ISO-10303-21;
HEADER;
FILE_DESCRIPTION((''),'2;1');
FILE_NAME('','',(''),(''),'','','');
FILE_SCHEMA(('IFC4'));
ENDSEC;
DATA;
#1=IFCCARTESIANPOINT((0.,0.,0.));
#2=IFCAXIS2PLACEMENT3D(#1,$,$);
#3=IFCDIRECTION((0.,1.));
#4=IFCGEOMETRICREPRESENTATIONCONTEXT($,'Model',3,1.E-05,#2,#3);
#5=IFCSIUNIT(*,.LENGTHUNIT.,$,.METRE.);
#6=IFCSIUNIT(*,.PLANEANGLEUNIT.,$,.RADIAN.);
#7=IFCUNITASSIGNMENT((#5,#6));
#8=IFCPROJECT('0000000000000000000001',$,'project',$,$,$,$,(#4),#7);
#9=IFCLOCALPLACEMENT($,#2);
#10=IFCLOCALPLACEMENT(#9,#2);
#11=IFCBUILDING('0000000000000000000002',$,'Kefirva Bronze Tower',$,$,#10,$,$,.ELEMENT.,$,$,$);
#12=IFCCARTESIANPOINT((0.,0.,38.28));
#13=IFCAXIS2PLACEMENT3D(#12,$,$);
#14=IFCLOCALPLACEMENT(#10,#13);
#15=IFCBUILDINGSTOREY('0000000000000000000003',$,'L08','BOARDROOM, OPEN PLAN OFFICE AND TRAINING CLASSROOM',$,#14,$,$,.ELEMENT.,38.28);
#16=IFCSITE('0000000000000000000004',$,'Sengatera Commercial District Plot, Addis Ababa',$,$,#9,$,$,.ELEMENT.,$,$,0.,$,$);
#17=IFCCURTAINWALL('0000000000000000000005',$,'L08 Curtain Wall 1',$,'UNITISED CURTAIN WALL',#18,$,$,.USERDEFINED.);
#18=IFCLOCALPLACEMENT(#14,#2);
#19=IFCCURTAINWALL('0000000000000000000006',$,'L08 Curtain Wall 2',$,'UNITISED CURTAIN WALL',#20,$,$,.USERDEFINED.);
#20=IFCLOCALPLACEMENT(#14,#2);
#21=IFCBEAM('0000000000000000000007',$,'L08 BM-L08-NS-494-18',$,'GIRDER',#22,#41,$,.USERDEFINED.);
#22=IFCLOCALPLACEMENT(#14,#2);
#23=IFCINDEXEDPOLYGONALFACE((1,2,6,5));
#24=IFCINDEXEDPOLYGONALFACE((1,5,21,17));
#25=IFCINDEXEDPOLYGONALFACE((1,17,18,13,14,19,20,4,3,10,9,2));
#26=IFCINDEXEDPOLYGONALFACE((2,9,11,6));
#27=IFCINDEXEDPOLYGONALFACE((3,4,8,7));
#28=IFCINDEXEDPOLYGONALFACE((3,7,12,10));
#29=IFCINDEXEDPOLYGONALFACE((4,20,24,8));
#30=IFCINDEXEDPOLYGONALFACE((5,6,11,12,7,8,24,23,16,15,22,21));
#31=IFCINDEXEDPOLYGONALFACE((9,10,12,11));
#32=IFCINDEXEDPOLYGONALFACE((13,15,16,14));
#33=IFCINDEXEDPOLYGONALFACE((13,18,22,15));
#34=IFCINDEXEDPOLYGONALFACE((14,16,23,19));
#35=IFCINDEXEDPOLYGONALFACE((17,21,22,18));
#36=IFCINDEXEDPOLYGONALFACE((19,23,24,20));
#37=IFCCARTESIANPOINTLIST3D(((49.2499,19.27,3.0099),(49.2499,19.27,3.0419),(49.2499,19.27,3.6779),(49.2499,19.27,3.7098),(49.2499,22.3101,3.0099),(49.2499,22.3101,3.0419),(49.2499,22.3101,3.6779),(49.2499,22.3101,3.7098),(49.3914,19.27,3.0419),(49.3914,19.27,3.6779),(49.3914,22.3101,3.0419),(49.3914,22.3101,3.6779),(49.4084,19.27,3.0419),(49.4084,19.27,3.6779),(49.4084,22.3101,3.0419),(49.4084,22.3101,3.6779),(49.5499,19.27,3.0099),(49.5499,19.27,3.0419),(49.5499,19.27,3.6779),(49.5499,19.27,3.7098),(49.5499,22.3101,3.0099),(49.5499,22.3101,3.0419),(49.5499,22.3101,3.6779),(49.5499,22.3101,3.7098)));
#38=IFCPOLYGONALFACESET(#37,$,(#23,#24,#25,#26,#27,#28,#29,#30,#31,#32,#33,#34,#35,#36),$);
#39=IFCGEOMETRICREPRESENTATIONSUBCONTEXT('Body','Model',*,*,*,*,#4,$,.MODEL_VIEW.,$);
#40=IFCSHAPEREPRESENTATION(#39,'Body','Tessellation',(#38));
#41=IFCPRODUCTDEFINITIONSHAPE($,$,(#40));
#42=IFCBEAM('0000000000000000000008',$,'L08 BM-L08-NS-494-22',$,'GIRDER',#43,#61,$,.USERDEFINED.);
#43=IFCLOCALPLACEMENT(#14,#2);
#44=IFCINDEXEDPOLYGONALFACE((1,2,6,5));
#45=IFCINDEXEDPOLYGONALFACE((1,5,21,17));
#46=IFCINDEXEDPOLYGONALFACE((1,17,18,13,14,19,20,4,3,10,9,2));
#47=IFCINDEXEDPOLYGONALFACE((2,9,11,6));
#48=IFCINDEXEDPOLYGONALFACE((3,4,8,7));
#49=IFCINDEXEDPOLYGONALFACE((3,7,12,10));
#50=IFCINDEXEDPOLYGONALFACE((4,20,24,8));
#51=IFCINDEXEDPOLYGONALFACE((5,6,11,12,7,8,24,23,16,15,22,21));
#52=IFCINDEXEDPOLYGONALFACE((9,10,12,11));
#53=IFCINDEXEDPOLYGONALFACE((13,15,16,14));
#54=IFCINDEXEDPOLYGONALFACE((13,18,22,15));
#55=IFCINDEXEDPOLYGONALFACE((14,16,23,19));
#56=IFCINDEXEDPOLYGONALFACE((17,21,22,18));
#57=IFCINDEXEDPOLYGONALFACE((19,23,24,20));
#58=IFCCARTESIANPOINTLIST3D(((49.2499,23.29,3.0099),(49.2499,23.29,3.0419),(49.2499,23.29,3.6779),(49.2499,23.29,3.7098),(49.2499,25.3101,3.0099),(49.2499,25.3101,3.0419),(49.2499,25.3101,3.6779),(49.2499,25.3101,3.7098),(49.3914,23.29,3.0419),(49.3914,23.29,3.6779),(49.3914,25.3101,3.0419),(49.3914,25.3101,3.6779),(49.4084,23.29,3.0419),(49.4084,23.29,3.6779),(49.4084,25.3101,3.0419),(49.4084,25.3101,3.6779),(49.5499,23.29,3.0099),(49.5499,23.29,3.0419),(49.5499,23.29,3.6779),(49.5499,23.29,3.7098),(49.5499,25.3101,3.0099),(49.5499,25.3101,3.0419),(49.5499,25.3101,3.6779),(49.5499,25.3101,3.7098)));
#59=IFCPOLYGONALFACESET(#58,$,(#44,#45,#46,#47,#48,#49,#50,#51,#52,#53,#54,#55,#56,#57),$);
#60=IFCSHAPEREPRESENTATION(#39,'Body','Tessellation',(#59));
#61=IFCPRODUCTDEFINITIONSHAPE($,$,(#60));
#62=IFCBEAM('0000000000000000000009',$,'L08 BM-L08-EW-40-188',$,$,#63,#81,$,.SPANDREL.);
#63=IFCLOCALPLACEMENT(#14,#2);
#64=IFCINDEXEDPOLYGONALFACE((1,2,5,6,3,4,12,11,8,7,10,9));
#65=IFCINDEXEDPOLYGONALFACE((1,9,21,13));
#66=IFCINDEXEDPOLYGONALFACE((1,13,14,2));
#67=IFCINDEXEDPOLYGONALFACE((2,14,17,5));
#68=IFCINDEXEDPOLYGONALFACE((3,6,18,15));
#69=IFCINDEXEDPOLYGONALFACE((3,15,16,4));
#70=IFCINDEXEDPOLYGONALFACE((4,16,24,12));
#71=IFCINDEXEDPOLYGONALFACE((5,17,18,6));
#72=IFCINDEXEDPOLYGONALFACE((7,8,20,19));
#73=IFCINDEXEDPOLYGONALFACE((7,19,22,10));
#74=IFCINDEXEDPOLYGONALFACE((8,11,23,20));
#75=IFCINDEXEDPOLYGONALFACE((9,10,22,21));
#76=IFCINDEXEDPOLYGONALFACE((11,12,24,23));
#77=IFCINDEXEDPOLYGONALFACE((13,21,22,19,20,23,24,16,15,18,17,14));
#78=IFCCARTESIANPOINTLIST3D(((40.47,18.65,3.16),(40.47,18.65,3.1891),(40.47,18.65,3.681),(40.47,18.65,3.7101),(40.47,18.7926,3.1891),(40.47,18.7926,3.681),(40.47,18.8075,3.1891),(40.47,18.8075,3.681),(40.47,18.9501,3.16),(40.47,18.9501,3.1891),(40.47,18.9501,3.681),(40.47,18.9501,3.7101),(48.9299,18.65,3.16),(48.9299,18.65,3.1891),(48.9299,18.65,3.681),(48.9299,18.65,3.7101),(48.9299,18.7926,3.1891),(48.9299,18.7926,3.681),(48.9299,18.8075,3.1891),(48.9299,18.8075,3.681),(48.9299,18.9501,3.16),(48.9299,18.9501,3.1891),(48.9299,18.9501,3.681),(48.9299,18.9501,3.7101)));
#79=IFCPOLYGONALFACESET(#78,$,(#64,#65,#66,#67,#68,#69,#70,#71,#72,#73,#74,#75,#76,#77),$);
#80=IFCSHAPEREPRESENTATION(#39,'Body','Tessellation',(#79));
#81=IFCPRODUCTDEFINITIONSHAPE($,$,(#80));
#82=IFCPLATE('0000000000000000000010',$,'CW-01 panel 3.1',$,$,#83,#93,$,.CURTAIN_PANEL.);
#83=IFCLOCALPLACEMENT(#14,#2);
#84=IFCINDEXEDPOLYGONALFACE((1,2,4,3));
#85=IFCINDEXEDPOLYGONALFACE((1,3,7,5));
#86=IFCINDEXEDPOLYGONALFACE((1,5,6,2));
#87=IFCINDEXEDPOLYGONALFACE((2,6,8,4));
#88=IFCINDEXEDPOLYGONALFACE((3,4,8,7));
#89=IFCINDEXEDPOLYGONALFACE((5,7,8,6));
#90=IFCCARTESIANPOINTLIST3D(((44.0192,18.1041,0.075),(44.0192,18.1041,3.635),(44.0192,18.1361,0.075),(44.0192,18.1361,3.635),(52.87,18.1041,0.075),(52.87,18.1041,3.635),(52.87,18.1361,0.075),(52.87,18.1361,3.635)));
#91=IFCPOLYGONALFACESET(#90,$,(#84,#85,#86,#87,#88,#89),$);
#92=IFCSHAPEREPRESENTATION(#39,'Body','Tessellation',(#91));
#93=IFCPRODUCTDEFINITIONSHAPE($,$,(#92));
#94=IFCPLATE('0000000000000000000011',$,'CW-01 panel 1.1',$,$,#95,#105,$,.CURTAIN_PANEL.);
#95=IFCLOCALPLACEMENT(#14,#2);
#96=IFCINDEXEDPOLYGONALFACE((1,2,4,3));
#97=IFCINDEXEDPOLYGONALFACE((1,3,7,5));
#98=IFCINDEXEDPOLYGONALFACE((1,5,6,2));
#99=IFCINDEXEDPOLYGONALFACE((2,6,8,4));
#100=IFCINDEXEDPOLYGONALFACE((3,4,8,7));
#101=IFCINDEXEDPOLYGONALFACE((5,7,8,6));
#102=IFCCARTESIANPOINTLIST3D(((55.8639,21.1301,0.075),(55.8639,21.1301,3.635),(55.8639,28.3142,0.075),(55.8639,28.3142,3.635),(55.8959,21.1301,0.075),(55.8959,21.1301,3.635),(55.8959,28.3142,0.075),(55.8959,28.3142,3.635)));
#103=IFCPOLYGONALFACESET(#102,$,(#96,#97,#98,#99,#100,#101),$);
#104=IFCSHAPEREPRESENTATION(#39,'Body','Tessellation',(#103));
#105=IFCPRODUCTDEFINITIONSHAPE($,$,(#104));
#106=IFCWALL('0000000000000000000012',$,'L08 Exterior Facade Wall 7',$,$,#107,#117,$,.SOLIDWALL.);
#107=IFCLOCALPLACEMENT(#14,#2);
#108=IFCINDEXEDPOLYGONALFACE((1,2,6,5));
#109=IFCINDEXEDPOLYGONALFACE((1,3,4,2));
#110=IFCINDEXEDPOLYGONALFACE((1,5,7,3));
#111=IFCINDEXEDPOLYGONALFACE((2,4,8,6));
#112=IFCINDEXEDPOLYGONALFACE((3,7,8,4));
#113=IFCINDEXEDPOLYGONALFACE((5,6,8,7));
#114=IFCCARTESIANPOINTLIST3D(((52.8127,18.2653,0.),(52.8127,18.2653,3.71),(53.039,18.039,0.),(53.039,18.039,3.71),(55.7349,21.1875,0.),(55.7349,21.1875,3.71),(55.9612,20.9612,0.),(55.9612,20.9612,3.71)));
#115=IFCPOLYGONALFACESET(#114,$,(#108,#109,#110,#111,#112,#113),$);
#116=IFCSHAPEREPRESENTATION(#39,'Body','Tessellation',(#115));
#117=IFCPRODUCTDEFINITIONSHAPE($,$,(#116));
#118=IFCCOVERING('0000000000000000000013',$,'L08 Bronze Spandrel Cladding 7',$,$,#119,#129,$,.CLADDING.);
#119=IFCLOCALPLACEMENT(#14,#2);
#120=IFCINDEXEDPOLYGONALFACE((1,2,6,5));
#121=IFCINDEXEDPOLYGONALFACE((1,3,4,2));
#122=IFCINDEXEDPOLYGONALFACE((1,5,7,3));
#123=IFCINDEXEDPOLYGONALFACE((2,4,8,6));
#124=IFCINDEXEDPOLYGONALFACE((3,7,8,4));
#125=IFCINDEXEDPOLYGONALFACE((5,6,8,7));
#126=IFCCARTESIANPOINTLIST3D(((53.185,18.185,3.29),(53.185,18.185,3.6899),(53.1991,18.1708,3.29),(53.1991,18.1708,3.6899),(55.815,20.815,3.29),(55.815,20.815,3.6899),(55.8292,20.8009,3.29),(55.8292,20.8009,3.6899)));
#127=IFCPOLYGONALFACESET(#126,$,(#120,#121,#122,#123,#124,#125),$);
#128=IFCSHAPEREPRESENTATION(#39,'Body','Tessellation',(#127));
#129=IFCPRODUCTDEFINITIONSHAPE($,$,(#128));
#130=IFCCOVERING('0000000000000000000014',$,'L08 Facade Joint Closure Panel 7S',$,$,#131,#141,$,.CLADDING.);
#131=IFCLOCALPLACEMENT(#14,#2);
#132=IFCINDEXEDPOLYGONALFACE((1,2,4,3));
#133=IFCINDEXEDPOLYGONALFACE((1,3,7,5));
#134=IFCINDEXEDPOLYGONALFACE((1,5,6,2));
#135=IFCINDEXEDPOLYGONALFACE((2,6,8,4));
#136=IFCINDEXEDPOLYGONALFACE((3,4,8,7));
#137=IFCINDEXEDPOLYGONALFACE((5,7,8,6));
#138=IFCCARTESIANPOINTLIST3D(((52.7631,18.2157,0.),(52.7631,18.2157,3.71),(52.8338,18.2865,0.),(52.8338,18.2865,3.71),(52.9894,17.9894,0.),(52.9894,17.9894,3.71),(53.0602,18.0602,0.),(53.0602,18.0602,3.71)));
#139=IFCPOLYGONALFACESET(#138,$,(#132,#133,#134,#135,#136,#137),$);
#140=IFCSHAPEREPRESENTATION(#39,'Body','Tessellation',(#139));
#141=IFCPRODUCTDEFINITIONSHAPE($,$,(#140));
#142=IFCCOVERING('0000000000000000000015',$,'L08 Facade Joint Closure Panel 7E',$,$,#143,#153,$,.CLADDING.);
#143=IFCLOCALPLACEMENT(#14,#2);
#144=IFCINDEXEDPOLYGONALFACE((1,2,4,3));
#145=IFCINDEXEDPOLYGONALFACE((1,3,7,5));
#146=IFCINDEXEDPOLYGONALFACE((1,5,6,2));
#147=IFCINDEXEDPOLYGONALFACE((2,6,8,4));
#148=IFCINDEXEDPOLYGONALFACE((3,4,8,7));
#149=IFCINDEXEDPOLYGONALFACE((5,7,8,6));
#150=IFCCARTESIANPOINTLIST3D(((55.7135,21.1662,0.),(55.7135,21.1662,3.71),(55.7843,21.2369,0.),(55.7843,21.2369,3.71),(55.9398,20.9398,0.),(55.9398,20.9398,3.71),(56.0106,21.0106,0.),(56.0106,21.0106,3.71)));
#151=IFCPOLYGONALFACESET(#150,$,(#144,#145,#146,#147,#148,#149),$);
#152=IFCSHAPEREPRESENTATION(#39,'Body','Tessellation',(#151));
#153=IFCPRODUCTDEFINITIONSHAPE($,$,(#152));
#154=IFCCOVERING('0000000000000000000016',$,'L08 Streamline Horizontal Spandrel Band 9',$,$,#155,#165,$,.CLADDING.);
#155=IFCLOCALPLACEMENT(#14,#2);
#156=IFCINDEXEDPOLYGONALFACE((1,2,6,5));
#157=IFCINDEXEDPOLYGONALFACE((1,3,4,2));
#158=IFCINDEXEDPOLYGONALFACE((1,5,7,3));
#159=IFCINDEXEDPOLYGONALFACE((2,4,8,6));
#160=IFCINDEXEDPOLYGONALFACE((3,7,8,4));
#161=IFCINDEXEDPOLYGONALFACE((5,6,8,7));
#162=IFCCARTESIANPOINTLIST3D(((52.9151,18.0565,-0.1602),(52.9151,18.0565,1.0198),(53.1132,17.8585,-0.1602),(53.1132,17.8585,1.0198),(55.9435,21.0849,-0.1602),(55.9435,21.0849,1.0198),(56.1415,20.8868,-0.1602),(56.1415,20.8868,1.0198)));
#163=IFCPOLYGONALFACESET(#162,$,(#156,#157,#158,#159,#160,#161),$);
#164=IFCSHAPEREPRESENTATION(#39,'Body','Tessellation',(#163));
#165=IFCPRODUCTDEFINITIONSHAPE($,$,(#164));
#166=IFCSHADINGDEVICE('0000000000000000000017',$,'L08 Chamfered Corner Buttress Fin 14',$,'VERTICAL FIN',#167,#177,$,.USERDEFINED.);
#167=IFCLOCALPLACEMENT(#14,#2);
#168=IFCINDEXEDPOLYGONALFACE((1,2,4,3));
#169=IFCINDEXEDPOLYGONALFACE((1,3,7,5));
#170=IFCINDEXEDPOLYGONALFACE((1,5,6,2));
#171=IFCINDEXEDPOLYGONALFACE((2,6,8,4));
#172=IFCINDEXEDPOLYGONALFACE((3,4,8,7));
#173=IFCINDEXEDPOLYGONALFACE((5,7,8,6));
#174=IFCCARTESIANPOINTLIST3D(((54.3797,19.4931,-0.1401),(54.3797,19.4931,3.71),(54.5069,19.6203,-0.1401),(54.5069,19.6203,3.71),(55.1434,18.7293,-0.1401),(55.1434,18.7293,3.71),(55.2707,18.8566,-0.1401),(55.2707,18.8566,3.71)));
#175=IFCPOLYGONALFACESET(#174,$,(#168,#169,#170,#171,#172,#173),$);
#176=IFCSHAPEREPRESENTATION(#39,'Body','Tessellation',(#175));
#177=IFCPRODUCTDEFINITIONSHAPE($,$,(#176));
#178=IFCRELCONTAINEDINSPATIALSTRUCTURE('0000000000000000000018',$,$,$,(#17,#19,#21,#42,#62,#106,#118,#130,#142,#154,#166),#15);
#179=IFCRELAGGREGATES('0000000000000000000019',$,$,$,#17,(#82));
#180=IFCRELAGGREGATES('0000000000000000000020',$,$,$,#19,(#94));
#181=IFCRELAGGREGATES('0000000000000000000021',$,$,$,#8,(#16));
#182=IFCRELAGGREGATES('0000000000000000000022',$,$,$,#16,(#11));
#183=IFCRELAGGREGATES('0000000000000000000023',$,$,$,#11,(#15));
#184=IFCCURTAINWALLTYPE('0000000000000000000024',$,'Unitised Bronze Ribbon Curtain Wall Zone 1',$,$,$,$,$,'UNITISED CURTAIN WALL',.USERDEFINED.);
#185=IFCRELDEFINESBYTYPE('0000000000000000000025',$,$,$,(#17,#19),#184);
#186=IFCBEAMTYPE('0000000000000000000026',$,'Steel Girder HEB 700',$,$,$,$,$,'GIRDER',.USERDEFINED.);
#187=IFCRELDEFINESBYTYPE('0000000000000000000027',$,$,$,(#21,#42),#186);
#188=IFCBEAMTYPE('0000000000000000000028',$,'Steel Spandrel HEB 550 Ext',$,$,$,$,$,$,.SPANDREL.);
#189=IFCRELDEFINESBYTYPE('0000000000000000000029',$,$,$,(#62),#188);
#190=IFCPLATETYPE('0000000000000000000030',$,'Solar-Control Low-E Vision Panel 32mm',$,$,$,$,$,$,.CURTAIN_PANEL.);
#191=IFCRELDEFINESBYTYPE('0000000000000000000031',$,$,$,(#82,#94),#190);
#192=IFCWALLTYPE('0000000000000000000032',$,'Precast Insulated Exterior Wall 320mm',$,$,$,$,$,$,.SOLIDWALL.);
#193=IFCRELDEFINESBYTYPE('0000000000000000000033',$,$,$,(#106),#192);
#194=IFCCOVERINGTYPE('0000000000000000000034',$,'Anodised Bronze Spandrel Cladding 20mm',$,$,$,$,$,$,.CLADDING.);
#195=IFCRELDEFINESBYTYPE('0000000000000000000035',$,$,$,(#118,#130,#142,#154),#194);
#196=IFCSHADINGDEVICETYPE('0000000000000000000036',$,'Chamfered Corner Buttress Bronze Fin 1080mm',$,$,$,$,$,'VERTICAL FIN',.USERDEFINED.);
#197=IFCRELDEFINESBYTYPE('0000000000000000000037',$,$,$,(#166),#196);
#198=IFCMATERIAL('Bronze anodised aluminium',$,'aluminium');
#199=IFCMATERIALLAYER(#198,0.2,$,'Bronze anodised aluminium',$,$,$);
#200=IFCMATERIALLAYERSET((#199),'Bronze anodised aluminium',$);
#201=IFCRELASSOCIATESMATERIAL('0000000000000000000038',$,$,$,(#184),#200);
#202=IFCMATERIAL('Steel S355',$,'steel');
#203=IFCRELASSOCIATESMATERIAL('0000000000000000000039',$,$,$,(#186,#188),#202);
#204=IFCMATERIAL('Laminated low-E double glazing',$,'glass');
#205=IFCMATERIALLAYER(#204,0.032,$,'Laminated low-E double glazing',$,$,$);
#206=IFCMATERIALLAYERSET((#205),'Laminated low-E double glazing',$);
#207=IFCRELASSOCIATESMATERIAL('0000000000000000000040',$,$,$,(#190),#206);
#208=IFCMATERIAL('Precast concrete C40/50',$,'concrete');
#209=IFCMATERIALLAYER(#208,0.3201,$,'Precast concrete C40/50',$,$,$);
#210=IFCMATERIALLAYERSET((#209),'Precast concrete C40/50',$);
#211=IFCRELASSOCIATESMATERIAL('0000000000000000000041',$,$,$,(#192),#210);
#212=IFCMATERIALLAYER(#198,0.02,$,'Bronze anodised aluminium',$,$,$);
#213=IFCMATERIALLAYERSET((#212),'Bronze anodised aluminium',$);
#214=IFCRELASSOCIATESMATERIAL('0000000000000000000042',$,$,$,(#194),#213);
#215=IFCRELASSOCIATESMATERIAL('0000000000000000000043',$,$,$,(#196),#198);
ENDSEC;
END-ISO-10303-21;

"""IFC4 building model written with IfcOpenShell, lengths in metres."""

from ifc_helpers import new_model, si_unit, direction, frame, frame_2d, origin, origin_2d, place, context, subcontext, project, spatial, rectangle, i_section, extrude, material, layer, layer_set, material_profile, profile_set, type_object, element, aggregate, save


model = new_model("IFC4")

# Units and contexts
model_context = context("Model", 3, precision=1e-05, world=origin(), true_north=direction((0.0, 1.0)))
body_context = subcontext(model_context, "Body", "Model", "MODEL_VIEW")
ifc_project = project(units=[si_unit("LENGTHUNIT", "METRE"), si_unit("PLANEANGLEUNIT", "RADIAN")], contexts=[model_context])

# Site, building, storey
site_placement = place(None, origin())
site = spatial("IfcSite", under=ifc_project, at=site_placement, Name="Sengatera Commercial District Plot, Addis Ababa", CompositionType="ELEMENT", RefElevation=0.0)
building_placement = place(site_placement, origin())
building = spatial("IfcBuilding", under=site, at=building_placement, Name="Kefirva Bronze Tower", CompositionType="ELEMENT")
storey_placement = place(building_placement, frame((0.0, 0.0, 38.28)))
storey = spatial("IfcBuildingStorey", under=building, at=storey_placement, Name="L08", Description="BOARDROOM, OPEN PLAN OFFICE AND TRAINING CLASSROOM", CompositionType="ELEMENT", Elevation=38.28)

# Curtain wall
ifc_material_1 = material(Name="Bronze anodised aluminium", Category="aluminium")
ifc_layer_1 = layer(ifc_material_1, 0.2, Name="Bronze anodised aluminium")
ifc_layer_set_1 = layer_set([ifc_layer_1], Name="Bronze anodised aluminium")
curtain_wall_type = type_object("IfcCurtainWallType", Name="Unitised Bronze Ribbon Curtain Wall Zone 1", ElementType="UNITISED CURTAIN WALL", PredefinedType="USERDEFINED", material=ifc_layer_set_1)
curtain_wall_1_placement = place(storey_placement, origin())
curtain_wall_1 = element("IfcCurtainWall", 1, at=curtain_wall_1_placement, inside=storey, type_object=curtain_wall_type, Name="L08 Curtain Wall 1", ObjectType="UNITISED CURTAIN WALL", PredefinedType="USERDEFINED")

# Curtain wall
curtain_wall_2_placement = place(storey_placement, origin())
curtain_wall_2 = element("IfcCurtainWall", 2, at=curtain_wall_2_placement, inside=storey, type_object=curtain_wall_type, Name="L08 Curtain Wall 2", ObjectType="UNITISED CURTAIN WALL", PredefinedType="USERDEFINED")

# Beams
ifc_material_2 = material(Name="Steel S355", Category="steel")
ifc_material_profile_1 = material_profile(ifc_material_2, i_section(OverallWidth=0.3, OverallDepth=0.7, WebThickness=0.0171, FlangeThickness=0.032, at=origin_2d()), Name="HEB 700")
ifc_profile_set_1 = profile_set([ifc_material_profile_1], Name="Steel S355")
beam_type_1 = type_object("IfcBeamType", Name="Steel Girder HEB 700", ElementType="GIRDER", PredefinedType="USERDEFINED", material=ifc_profile_set_1)
beam_1_placement = place(storey_placement, frame((49.3999, 19.27, 3.3599), z_axis=(0.0, 1.0, 0.0), x_axis=(-1.0, 0.0, 0.0)))
element("IfcBeam", 3, at=beam_1_placement, inside=storey, type_object=beam_type_1, Name="L08 BM-L08-NS-494-18", ObjectType="GIRDER", PredefinedType="USERDEFINED", context=body_context, shape_type="SweptSolid", body=[
    extrude(i_section(OverallWidth=0.3, OverallDepth=0.7, WebThickness=0.0171, FlangeThickness=0.032, at=origin_2d()), origin(), (0.0, 0.0, 1.0), 3.04),
])
beam_2_placement = place(storey_placement, frame((49.3999, 23.29, 3.3599), z_axis=(0.0, 1.0, 0.0), x_axis=(-1.0, 0.0, 0.0)))
element("IfcBeam", 4, at=beam_2_placement, inside=storey, type_object=beam_type_1, Name="L08 BM-L08-NS-494-22", ObjectType="GIRDER", PredefinedType="USERDEFINED", context=body_context, shape_type="SweptSolid", body=[
    extrude(i_section(OverallWidth=0.3, OverallDepth=0.7, WebThickness=0.0171, FlangeThickness=0.032, at=origin_2d()), origin(), (0.0, 0.0, 1.0), 2.02),
])
ifc_material_profile_2 = material_profile(ifc_material_2, i_section(OverallWidth=0.3, OverallDepth=0.55, WebThickness=0.0149, FlangeThickness=0.0291, at=origin_2d()), Name="HEB 550")
ifc_profile_set_2 = profile_set([ifc_material_profile_2], Name="Steel S355")
beam_type_2 = type_object("IfcBeamType", Name="Steel Spandrel HEB 550 Ext", PredefinedType="SPANDREL", material=ifc_profile_set_2)
beam_3_placement = place(storey_placement, frame((40.47, 18.8, 3.4351), z_axis=(1.0, 0.0, 0.0), x_axis=(0.0, 1.0, 0.0)))
element("IfcBeam", 5, at=beam_3_placement, inside=storey, type_object=beam_type_2, Name="L08 BM-L08-EW-40-188", PredefinedType="SPANDREL", context=body_context, shape_type="SweptSolid", body=[
    extrude(i_section(OverallWidth=0.3, OverallDepth=0.55, WebThickness=0.0149, FlangeThickness=0.0291, at=origin_2d()), origin(), (0.0, 0.0, 1.0), 8.46),
])

# Plates
ifc_material_3 = material(Name="Laminated low-E double glazing", Category="glass")
ifc_layer_2 = layer(ifc_material_3, 0.032, Name="Laminated low-E double glazing")
ifc_layer_set_2 = layer_set([ifc_layer_2], Name="Laminated low-E double glazing")
plate_type = type_object("IfcPlateType", Name="Solar-Control Low-E Vision Panel 32mm", PredefinedType="CURTAIN_PANEL", material=ifc_layer_set_2)
plate_1_placement = place(storey_placement, frame((48.4446, 18.1201, 0.075), z_axis=(0.0, 0.0, 1.0), x_axis=(1.0, 0.0, 0.0)))
plate_1 = element("IfcPlate", 6, at=plate_1_placement, type_object=plate_type, Name="CW-01 panel 3.1", PredefinedType="CURTAIN_PANEL", context=body_context, shape_type="SweptSolid", body=[
    extrude(rectangle(XDim=8.8508, YDim=0.032, at=origin_2d()), origin(), (0.0, 0.0, 1.0), 3.5601),
])
aggregate(curtain_wall_1, [plate_1])
plate_2_placement = place(storey_placement, frame((55.8799, 24.7222, 0.075), z_axis=(0.0, 0.0, 1.0), x_axis=(0.0, 1.0, 0.0)))
plate_2 = element("IfcPlate", 7, at=plate_2_placement, type_object=plate_type, Name="CW-01 panel 1.1", PredefinedType="CURTAIN_PANEL", context=body_context, shape_type="SweptSolid", body=[
    extrude(rectangle(XDim=7.1841, YDim=0.032, at=origin_2d()), origin(), (0.0, 0.0, 1.0), 3.5601),
])
aggregate(curtain_wall_2, [plate_2])

# Wall
ifc_material_4 = material(Name="Precast concrete C40/50", Category="concrete")
ifc_layer_3 = layer(ifc_material_4, 0.3201, Name="Precast concrete C40/50")
ifc_layer_set_3 = layer_set([ifc_layer_3], Name="Precast concrete C40/50")
wall_type = type_object("IfcWallType", Name="Precast Insulated Exterior Wall 320mm", PredefinedType="SOLIDWALL", material=ifc_layer_set_3)
wall_placement = place(storey_placement, frame((52.9258, 18.1521, 0.0), z_axis=(0.0, 0.0, 1.0), x_axis=(0.707107, 0.707107, 0.0)))
element("IfcWall", 8, at=wall_placement, inside=storey, type_object=wall_type, Name="L08 Exterior Facade Wall 7", PredefinedType="SOLIDWALL", context=body_context, shape_type="SweptSolid", body=[
    extrude(rectangle(XDim=4.1326, YDim=0.3201, at=frame_2d((2.0664, 0.0))), origin(), (0.0, 0.0, 1.0), 3.71),
])

# Coverings
ifc_layer_4 = layer(ifc_material_1, 0.02, Name="Bronze anodised aluminium")
ifc_layer_set_4 = layer_set([ifc_layer_4], Name="Bronze anodised aluminium")
covering_type_1 = type_object("IfcCoveringType", Name="Anodised Bronze Spandrel Cladding 20mm", PredefinedType="CLADDING", material=ifc_layer_set_4)
covering_1_placement = place(storey_placement, frame((54.5071, 19.4929, 3.29), z_axis=(0.0, 0.0, 1.0), x_axis=(0.707107, 0.707107, 0.0)))
element("IfcCovering", 9, at=covering_1_placement, inside=storey, type_object=covering_type_1, Name="L08 Bronze Spandrel Cladding 7", PredefinedType="CLADDING", context=body_context, shape_type="SweptSolid", body=[
    extrude(rectangle(XDim=3.7195, YDim=0.02, at=origin_2d()), origin(), (0.0, 0.0, 1.0), 0.3999),
])
for number, where, z_axis, x_axis, name in (
    (10, (52.9116, 18.1379, 0.0), (0.0, 0.0, 1.0), (0.707107, 0.707107, 0.0), "L08 Facade Joint Closure Panel 7S"),
    (11, (55.8621, 21.0884, 0.0), (0.0, 0.0, 1.0), (0.707107, 0.707107, 0.0), "L08 Facade Joint Closure Panel 7E"),
):
    element("IfcCovering", number, at=place(storey_placement, frame(where, z_axis=z_axis, x_axis=x_axis)), inside=storey, type_object=covering_type_1, Name=name, PredefinedType="CLADDING", context=body_context, shape_type="SweptSolid", body=[
        extrude(rectangle(XDim=0.1001, YDim=0.3201, at=origin_2d()), origin(), (0.0, 0.0, 1.0), 3.71),
    ])
covering_2_placement = place(storey_placement, frame((54.5283, 19.4717, -0.1602), z_axis=(0.0, 0.0, 1.0), x_axis=(0.707107, 0.707107, 0.0)))
element("IfcCovering", 12, at=covering_2_placement, inside=storey, type_object=covering_type_1, Name="L08 Streamline Horizontal Spandrel Band 9", PredefinedType="CLADDING", context=body_context, shape_type="SweptSolid", body=[
    extrude(rectangle(XDim=4.2827, YDim=0.28, at=origin_2d()), origin(), (0.0, 0.0, 1.0), 1.1799),
])

# Shading device
ifc_material_profile_3 = material_profile(ifc_material_1, rectangle(XDim=0.1799, YDim=1.0801, at=origin_2d()), Name="BRONZE BUTTRESS FIN 180x1080")
ifc_profile_set_3 = profile_set([ifc_material_profile_3], Name="Bronze anodised aluminium")
shading_device_type = type_object("IfcShadingDeviceType", Name="Chamfered Corner Buttress Bronze Fin 1080mm", ElementType="VERTICAL FIN", PredefinedType="USERDEFINED", material=ifc_profile_set_3)
shading_device_placement = place(storey_placement, frame((54.8252, 19.1748, -0.1401), z_axis=(0.0, 0.0, 1.0), x_axis=(0.707107, 0.707107, 0.0)))
element("IfcShadingDevice", 13, at=shading_device_placement, inside=storey, type_object=shading_device_type, Name="L08 Chamfered Corner Buttress Fin 14", ObjectType="VERTICAL FIN", PredefinedType="USERDEFINED", context=body_context, shape_type="SweptSolid", body=[
    extrude(rectangle(XDim=0.1799, YDim=1.0801, at=origin_2d()), origin(), (0.0, 0.0, 1.0), 3.8501),
])

save(model, "model.ifc")
